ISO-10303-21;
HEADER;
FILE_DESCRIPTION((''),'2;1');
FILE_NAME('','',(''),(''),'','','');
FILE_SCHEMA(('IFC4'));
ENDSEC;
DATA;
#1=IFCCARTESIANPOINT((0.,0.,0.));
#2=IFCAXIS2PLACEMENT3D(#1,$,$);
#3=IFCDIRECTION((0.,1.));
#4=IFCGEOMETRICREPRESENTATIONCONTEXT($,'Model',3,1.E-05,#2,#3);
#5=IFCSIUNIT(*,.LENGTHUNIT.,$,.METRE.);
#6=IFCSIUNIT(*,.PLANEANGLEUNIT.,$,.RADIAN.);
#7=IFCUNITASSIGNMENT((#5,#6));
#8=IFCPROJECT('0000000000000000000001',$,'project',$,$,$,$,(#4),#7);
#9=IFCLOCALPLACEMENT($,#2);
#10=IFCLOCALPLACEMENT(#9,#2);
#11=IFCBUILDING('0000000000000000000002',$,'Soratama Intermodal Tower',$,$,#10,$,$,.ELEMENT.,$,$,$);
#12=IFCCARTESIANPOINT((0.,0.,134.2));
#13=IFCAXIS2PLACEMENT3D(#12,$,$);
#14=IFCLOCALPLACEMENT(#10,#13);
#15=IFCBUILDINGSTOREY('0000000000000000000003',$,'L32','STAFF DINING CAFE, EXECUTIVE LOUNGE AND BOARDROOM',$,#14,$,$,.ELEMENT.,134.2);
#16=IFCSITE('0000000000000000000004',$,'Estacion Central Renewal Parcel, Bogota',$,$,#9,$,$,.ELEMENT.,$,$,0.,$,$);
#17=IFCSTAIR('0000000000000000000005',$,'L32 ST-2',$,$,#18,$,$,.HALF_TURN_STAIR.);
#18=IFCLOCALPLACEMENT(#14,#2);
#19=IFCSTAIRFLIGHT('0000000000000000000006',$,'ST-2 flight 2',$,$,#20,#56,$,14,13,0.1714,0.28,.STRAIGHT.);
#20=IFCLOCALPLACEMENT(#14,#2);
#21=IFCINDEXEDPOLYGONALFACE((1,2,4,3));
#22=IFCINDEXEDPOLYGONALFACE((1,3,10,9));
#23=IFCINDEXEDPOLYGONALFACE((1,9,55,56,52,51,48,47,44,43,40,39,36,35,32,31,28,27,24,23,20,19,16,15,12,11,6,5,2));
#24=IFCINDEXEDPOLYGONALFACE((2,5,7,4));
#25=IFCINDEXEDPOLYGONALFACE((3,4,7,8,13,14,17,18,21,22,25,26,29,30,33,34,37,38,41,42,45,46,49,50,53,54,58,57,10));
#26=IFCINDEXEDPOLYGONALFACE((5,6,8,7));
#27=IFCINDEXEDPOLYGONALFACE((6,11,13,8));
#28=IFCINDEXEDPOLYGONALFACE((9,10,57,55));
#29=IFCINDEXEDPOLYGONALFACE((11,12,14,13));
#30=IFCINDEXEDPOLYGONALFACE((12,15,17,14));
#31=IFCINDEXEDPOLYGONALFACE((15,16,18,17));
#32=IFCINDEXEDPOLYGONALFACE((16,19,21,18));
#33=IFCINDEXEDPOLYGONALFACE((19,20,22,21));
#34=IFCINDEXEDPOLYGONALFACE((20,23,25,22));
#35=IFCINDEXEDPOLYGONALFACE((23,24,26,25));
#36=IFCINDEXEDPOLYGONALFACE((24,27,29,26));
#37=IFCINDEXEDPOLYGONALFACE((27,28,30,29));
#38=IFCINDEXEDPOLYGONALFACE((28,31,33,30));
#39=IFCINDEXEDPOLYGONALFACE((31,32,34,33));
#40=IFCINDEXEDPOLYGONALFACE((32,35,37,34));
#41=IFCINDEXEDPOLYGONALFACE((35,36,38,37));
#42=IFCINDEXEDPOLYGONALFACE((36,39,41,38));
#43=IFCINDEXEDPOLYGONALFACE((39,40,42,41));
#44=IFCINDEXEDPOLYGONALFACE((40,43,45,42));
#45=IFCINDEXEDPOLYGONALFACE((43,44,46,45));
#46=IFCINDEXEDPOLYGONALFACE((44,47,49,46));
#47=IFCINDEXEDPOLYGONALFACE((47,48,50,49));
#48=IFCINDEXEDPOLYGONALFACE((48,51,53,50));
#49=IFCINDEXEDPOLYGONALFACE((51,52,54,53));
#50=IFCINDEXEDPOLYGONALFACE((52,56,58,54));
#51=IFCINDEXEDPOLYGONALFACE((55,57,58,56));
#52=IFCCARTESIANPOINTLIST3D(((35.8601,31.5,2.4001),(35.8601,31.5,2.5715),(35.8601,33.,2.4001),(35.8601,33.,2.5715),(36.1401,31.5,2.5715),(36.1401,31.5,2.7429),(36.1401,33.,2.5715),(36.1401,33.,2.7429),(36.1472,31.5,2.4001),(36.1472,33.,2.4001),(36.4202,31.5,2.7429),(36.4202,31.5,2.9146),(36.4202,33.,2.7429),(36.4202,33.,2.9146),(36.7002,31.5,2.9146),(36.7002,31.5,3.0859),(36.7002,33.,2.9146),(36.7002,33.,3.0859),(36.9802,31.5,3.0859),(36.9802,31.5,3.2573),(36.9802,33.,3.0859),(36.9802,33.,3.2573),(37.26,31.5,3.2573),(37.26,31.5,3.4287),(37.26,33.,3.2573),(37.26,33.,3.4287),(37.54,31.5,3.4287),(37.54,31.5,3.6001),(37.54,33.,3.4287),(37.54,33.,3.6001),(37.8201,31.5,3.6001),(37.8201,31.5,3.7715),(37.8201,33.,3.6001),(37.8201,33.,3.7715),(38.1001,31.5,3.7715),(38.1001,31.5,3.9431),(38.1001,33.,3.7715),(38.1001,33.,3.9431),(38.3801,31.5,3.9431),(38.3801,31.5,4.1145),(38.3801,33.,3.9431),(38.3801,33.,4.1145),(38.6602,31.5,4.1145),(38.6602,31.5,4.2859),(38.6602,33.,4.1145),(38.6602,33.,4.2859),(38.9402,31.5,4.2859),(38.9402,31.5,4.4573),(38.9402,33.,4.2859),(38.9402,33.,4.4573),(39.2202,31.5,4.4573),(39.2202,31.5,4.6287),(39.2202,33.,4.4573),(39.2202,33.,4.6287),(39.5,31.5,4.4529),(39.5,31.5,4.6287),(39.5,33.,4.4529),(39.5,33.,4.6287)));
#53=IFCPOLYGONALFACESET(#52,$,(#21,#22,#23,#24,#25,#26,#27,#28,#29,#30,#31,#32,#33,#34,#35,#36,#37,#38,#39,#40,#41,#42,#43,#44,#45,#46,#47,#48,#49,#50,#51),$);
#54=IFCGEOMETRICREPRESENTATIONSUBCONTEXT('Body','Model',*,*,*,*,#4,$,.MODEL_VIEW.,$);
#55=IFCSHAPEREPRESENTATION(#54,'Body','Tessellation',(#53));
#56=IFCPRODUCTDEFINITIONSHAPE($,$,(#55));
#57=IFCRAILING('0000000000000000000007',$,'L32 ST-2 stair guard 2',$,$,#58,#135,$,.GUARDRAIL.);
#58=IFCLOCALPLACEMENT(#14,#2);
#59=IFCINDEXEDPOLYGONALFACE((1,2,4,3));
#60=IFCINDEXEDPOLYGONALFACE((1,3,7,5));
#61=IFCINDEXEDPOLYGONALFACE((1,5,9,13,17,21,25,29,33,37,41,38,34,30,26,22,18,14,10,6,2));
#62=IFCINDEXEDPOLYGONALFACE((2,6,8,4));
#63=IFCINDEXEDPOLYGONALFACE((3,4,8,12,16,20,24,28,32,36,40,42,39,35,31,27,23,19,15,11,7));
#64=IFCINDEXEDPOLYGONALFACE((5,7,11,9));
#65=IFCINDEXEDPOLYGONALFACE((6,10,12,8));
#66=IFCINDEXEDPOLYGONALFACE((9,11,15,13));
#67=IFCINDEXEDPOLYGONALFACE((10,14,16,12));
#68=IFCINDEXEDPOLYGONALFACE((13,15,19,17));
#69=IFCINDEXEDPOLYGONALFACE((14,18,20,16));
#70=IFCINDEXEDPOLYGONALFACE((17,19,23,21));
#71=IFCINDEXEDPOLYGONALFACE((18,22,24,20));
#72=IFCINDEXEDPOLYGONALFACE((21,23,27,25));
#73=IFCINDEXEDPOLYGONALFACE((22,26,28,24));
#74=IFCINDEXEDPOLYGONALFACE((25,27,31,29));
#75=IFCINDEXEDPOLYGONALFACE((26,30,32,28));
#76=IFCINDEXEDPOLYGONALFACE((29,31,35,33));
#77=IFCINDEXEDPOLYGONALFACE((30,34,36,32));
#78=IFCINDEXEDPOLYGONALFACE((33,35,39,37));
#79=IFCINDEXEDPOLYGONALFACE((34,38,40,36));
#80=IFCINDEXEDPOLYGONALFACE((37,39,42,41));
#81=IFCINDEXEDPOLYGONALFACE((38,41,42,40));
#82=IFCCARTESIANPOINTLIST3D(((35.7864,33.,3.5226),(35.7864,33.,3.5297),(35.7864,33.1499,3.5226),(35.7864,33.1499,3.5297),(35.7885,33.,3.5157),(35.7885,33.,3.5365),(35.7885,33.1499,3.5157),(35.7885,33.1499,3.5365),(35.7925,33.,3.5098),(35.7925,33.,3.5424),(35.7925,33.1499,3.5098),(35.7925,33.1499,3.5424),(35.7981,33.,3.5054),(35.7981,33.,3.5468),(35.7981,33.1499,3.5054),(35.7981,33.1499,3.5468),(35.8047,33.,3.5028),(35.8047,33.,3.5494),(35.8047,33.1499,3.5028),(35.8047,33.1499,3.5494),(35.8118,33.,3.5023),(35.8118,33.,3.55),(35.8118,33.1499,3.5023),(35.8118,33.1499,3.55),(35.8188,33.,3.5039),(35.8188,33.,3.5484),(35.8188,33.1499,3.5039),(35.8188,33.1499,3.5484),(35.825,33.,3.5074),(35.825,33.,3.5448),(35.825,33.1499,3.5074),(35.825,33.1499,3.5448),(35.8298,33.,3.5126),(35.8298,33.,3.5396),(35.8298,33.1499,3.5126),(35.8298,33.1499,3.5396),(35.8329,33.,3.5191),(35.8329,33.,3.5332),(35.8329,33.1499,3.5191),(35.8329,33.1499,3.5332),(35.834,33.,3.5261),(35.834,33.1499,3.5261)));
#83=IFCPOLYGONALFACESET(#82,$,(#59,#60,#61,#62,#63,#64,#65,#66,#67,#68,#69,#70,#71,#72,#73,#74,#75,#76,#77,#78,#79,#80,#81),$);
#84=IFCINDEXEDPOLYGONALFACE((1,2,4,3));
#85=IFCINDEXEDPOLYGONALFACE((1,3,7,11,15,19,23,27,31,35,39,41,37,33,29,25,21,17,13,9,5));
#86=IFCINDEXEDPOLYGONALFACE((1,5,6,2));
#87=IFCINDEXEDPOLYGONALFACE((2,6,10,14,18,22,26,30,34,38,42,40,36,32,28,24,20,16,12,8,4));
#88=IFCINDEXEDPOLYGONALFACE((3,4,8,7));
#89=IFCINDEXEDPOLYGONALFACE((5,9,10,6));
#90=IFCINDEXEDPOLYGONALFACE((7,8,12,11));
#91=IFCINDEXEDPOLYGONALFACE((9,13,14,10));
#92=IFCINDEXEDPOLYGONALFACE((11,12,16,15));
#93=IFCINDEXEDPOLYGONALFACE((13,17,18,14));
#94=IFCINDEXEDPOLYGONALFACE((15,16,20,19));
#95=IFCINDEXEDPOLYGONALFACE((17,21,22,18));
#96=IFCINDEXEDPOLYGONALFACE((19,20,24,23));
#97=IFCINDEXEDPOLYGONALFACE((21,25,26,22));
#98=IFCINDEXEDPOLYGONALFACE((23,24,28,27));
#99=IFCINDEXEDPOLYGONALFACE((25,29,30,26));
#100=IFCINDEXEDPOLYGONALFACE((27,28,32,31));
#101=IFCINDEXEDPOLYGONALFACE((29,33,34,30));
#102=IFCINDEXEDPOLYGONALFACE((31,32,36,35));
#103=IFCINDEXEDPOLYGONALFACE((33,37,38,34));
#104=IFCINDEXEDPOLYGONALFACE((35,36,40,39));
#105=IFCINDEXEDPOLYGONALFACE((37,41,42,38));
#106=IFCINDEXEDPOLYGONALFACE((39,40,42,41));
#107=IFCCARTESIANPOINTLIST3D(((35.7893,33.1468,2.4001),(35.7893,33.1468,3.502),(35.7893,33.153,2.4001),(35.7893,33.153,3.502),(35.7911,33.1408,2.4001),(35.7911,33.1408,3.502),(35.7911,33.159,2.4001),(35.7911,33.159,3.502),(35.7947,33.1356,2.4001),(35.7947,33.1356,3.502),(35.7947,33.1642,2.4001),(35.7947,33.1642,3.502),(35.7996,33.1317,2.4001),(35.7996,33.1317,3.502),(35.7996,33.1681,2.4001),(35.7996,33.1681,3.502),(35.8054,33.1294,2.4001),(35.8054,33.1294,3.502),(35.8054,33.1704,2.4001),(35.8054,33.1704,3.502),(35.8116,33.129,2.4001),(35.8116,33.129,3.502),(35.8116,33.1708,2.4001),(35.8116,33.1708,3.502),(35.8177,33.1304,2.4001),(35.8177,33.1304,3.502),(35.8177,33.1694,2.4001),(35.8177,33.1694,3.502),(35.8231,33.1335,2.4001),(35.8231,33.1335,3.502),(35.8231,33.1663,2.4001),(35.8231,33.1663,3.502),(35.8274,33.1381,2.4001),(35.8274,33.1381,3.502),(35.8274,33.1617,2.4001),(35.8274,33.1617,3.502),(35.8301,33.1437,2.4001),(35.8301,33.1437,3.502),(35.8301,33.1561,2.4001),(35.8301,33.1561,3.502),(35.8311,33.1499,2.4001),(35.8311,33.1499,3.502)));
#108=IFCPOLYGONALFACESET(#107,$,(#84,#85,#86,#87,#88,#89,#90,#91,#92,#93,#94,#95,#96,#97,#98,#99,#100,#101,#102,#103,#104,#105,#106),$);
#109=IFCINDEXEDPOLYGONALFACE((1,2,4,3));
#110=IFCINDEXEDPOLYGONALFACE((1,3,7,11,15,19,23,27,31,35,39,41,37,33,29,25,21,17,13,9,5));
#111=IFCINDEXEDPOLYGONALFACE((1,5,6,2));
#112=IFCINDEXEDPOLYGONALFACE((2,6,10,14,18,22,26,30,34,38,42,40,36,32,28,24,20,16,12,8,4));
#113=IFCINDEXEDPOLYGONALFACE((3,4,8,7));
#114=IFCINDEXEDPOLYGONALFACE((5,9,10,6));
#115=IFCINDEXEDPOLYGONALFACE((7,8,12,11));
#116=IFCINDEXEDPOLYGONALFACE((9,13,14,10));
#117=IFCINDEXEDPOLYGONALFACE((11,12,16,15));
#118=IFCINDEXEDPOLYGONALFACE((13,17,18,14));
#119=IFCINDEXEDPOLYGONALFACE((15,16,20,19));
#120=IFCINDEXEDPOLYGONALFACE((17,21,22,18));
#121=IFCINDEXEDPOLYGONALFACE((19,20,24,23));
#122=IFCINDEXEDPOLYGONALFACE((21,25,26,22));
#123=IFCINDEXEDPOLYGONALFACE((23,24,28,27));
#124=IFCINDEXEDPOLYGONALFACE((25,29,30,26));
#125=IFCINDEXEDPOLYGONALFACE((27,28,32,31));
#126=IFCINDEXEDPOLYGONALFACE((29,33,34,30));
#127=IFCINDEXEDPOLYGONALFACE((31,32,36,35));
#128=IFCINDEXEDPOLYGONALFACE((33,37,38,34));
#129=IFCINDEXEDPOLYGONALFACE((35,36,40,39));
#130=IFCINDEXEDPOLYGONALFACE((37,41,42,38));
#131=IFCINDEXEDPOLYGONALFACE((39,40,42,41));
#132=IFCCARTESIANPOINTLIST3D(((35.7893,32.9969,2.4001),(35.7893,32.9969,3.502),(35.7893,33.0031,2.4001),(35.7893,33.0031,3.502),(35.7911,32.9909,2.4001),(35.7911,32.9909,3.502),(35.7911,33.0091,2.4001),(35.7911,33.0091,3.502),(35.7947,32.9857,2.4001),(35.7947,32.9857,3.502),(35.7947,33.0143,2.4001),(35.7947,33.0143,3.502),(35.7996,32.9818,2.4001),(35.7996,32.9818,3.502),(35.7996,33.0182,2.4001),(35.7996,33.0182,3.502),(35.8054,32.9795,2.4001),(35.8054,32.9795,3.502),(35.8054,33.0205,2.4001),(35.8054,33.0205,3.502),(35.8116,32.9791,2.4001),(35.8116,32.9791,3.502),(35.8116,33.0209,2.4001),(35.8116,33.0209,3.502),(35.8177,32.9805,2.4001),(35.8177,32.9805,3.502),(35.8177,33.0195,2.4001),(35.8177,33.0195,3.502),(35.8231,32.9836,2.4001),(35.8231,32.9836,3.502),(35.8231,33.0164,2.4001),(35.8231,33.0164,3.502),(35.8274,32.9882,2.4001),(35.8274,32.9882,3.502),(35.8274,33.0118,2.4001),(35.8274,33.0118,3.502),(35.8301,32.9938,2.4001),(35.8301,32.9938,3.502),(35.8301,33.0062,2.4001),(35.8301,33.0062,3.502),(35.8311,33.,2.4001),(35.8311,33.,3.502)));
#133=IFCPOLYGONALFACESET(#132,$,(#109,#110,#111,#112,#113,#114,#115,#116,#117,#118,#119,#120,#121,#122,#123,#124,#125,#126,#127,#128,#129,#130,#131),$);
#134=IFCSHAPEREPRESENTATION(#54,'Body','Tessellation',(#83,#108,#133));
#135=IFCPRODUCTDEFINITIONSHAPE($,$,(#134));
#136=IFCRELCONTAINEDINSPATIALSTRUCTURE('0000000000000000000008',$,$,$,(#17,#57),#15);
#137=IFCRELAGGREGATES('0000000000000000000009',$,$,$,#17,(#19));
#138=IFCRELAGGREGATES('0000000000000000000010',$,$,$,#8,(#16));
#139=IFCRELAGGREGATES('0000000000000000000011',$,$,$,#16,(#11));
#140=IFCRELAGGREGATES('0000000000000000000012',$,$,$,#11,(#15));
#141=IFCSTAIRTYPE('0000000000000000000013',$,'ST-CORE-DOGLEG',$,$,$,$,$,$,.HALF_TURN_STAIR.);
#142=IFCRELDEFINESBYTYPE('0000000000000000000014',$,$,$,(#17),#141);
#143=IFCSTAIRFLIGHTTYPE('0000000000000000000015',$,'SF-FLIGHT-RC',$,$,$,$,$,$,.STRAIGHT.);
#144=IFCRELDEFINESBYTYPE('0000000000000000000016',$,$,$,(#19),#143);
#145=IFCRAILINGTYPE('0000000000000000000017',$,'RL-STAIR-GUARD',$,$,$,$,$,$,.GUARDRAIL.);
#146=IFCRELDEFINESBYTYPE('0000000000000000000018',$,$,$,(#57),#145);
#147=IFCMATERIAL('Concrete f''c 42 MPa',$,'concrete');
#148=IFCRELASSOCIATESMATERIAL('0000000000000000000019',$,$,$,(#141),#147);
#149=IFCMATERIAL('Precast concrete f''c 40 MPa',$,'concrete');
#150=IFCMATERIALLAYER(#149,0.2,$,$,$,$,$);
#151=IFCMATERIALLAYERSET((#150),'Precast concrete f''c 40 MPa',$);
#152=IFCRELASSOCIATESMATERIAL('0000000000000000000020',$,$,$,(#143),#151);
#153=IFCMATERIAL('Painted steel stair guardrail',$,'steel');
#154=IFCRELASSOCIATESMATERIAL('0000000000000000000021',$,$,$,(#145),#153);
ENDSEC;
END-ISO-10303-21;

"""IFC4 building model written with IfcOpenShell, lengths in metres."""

from ifc_helpers import new_model, si_unit, direction, frame, origin, origin_2d, place, context, subcontext, project, spatial, polyline, circle, outline, extrude, material, layer, layer_set, type_object, element, aggregate, save


model = new_model("IFC4")

# Units and contexts
model_context = context("Model", 3, precision=1e-05, world=origin(), true_north=direction((0.0, 1.0)))
body_context = subcontext(model_context, "Body", "Model", "MODEL_VIEW")
ifc_project = project(units=[si_unit("LENGTHUNIT", "METRE"), si_unit("PLANEANGLEUNIT", "RADIAN")], contexts=[model_context])

# Site, building, storey
site_placement = place(None, origin())
site = spatial("IfcSite", under=ifc_project, at=site_placement, Name="Estacion Central Renewal Parcel, Bogota", CompositionType="ELEMENT", RefElevation=0.0)
building_placement = place(site_placement, origin())
building = spatial("IfcBuilding", under=site, at=building_placement, Name="Soratama Intermodal Tower", CompositionType="ELEMENT")
storey_placement = place(building_placement, frame((0.0, 0.0, 134.2)))
storey = spatial("IfcBuildingStorey", under=building, at=storey_placement, Name="L32", Description="STAFF DINING CAFE, EXECUTIVE LOUNGE AND BOARDROOM", CompositionType="ELEMENT", Elevation=134.2)

# Stair, stair flight
ifc_material_1 = material(Name="Concrete f'c 42 MPa", Category="concrete")
stair_type = type_object("IfcStairType", Name="ST-CORE-DOGLEG", PredefinedType="HALF_TURN_STAIR", material=ifc_material_1)
stair_placement = place(storey_placement, origin())
stair = element("IfcStair", 1, at=stair_placement, inside=storey, type_object=stair_type, Name="L32 ST-2", PredefinedType="HALF_TURN_STAIR")
ifc_material_2 = material(Name="Precast concrete f'c 40 MPa", Category="concrete")
ifc_layer_1 = layer(ifc_material_2, 0.2)
ifc_layer_set_1 = layer_set([ifc_layer_1], Name="Precast concrete f'c 40 MPa")
stair_flight_type = type_object("IfcStairFlightType", Name="SF-FLIGHT-RC", PredefinedType="STRAIGHT", material=ifc_layer_set_1)
stair_flight_placement = place(storey_placement, frame((35.8601, 32.25, 2.4001), z_axis=(0.0, 0.0, 1.0), x_axis=(1.0, 0.0, 0.0)))
stair_flight = element("IfcStairFlight", 2, at=stair_flight_placement, type_object=stair_flight_type, Name="ST-2 flight 2", NumberOfRisers=14, NumberOfTreads=13, PredefinedType="STRAIGHT", RiserHeight=0.1714, TreadLength=0.28, context=body_context, shape_type="SweptSolid", body=[
    extrude(outline(polyline([(0.0, 0.0), (0.0, 0.1714), (0.28, 0.1714), (0.28, 0.3428), (0.5601, 0.3428), (0.5601, 0.5144), (0.8401, 0.5144), (0.8401, 0.6858), (1.1201, 0.6858), (1.1201, 0.8572), (1.3999, 0.8572), (1.3999, 1.0286), (1.6799, 1.0286), (1.6799, 1.2), (1.96, 1.2), (1.96, 1.3713), (2.24, 1.3713), (2.24, 1.543), (2.52, 1.543), (2.52, 1.7144), (2.8, 1.7144), (2.8, 1.8857), (3.0801, 1.8857), (3.0801, 2.0571), (3.3601, 2.0571), (3.3601, 2.2285), (3.6399, 2.2285), (3.6399, 2.3999), (3.6399, 2.0527), (0.2871, 0.0), (0.0, 0.0)])), frame((0.0, 0.75, 0.0), z_axis=(0.0, -1.0, 0.0), x_axis=(1.0, 0.0, 0.0)), (0.0, 0.0, 1.0), 1.5),
])
aggregate(stair, [stair_flight])

# Railing
ifc_material_3 = material(Name="Painted steel stair guardrail", Category="steel")
railing_type_1 = type_object("IfcRailingType", Name="RL-STAIR-GUARD", PredefinedType="GUARDRAIL", material=ifc_material_3)
railing_1_placement = place(storey_placement, frame((35.8101, 33.1499, 2.4001)))
element("IfcRailing", 3, at=railing_1_placement, inside=storey, type_object=railing_type_1, Name="L32 ST-2 stair guard 2", PredefinedType="GUARDRAIL", context=body_context, shape_type="SweptSolid", body=[
    extrude(circle(Radius=0.0239, at=origin_2d()), frame((0.0, 0.0, 1.126), z_axis=(0.0, -1.0, 0.0), x_axis=(1.0, 0.0, 0.0)), (0.0, 0.0, 1.0), 0.1499),
    extrude(circle(Radius=0.021, at=origin_2d()), origin(), (0.0, 0.0, 1.0), 1.1018),
    extrude(circle(Radius=0.021, at=origin_2d()), frame((0.0, -0.1499, 0.0)), (0.0, 0.0, 1.0), 1.1018),
])

save(model, "model.ifc")
